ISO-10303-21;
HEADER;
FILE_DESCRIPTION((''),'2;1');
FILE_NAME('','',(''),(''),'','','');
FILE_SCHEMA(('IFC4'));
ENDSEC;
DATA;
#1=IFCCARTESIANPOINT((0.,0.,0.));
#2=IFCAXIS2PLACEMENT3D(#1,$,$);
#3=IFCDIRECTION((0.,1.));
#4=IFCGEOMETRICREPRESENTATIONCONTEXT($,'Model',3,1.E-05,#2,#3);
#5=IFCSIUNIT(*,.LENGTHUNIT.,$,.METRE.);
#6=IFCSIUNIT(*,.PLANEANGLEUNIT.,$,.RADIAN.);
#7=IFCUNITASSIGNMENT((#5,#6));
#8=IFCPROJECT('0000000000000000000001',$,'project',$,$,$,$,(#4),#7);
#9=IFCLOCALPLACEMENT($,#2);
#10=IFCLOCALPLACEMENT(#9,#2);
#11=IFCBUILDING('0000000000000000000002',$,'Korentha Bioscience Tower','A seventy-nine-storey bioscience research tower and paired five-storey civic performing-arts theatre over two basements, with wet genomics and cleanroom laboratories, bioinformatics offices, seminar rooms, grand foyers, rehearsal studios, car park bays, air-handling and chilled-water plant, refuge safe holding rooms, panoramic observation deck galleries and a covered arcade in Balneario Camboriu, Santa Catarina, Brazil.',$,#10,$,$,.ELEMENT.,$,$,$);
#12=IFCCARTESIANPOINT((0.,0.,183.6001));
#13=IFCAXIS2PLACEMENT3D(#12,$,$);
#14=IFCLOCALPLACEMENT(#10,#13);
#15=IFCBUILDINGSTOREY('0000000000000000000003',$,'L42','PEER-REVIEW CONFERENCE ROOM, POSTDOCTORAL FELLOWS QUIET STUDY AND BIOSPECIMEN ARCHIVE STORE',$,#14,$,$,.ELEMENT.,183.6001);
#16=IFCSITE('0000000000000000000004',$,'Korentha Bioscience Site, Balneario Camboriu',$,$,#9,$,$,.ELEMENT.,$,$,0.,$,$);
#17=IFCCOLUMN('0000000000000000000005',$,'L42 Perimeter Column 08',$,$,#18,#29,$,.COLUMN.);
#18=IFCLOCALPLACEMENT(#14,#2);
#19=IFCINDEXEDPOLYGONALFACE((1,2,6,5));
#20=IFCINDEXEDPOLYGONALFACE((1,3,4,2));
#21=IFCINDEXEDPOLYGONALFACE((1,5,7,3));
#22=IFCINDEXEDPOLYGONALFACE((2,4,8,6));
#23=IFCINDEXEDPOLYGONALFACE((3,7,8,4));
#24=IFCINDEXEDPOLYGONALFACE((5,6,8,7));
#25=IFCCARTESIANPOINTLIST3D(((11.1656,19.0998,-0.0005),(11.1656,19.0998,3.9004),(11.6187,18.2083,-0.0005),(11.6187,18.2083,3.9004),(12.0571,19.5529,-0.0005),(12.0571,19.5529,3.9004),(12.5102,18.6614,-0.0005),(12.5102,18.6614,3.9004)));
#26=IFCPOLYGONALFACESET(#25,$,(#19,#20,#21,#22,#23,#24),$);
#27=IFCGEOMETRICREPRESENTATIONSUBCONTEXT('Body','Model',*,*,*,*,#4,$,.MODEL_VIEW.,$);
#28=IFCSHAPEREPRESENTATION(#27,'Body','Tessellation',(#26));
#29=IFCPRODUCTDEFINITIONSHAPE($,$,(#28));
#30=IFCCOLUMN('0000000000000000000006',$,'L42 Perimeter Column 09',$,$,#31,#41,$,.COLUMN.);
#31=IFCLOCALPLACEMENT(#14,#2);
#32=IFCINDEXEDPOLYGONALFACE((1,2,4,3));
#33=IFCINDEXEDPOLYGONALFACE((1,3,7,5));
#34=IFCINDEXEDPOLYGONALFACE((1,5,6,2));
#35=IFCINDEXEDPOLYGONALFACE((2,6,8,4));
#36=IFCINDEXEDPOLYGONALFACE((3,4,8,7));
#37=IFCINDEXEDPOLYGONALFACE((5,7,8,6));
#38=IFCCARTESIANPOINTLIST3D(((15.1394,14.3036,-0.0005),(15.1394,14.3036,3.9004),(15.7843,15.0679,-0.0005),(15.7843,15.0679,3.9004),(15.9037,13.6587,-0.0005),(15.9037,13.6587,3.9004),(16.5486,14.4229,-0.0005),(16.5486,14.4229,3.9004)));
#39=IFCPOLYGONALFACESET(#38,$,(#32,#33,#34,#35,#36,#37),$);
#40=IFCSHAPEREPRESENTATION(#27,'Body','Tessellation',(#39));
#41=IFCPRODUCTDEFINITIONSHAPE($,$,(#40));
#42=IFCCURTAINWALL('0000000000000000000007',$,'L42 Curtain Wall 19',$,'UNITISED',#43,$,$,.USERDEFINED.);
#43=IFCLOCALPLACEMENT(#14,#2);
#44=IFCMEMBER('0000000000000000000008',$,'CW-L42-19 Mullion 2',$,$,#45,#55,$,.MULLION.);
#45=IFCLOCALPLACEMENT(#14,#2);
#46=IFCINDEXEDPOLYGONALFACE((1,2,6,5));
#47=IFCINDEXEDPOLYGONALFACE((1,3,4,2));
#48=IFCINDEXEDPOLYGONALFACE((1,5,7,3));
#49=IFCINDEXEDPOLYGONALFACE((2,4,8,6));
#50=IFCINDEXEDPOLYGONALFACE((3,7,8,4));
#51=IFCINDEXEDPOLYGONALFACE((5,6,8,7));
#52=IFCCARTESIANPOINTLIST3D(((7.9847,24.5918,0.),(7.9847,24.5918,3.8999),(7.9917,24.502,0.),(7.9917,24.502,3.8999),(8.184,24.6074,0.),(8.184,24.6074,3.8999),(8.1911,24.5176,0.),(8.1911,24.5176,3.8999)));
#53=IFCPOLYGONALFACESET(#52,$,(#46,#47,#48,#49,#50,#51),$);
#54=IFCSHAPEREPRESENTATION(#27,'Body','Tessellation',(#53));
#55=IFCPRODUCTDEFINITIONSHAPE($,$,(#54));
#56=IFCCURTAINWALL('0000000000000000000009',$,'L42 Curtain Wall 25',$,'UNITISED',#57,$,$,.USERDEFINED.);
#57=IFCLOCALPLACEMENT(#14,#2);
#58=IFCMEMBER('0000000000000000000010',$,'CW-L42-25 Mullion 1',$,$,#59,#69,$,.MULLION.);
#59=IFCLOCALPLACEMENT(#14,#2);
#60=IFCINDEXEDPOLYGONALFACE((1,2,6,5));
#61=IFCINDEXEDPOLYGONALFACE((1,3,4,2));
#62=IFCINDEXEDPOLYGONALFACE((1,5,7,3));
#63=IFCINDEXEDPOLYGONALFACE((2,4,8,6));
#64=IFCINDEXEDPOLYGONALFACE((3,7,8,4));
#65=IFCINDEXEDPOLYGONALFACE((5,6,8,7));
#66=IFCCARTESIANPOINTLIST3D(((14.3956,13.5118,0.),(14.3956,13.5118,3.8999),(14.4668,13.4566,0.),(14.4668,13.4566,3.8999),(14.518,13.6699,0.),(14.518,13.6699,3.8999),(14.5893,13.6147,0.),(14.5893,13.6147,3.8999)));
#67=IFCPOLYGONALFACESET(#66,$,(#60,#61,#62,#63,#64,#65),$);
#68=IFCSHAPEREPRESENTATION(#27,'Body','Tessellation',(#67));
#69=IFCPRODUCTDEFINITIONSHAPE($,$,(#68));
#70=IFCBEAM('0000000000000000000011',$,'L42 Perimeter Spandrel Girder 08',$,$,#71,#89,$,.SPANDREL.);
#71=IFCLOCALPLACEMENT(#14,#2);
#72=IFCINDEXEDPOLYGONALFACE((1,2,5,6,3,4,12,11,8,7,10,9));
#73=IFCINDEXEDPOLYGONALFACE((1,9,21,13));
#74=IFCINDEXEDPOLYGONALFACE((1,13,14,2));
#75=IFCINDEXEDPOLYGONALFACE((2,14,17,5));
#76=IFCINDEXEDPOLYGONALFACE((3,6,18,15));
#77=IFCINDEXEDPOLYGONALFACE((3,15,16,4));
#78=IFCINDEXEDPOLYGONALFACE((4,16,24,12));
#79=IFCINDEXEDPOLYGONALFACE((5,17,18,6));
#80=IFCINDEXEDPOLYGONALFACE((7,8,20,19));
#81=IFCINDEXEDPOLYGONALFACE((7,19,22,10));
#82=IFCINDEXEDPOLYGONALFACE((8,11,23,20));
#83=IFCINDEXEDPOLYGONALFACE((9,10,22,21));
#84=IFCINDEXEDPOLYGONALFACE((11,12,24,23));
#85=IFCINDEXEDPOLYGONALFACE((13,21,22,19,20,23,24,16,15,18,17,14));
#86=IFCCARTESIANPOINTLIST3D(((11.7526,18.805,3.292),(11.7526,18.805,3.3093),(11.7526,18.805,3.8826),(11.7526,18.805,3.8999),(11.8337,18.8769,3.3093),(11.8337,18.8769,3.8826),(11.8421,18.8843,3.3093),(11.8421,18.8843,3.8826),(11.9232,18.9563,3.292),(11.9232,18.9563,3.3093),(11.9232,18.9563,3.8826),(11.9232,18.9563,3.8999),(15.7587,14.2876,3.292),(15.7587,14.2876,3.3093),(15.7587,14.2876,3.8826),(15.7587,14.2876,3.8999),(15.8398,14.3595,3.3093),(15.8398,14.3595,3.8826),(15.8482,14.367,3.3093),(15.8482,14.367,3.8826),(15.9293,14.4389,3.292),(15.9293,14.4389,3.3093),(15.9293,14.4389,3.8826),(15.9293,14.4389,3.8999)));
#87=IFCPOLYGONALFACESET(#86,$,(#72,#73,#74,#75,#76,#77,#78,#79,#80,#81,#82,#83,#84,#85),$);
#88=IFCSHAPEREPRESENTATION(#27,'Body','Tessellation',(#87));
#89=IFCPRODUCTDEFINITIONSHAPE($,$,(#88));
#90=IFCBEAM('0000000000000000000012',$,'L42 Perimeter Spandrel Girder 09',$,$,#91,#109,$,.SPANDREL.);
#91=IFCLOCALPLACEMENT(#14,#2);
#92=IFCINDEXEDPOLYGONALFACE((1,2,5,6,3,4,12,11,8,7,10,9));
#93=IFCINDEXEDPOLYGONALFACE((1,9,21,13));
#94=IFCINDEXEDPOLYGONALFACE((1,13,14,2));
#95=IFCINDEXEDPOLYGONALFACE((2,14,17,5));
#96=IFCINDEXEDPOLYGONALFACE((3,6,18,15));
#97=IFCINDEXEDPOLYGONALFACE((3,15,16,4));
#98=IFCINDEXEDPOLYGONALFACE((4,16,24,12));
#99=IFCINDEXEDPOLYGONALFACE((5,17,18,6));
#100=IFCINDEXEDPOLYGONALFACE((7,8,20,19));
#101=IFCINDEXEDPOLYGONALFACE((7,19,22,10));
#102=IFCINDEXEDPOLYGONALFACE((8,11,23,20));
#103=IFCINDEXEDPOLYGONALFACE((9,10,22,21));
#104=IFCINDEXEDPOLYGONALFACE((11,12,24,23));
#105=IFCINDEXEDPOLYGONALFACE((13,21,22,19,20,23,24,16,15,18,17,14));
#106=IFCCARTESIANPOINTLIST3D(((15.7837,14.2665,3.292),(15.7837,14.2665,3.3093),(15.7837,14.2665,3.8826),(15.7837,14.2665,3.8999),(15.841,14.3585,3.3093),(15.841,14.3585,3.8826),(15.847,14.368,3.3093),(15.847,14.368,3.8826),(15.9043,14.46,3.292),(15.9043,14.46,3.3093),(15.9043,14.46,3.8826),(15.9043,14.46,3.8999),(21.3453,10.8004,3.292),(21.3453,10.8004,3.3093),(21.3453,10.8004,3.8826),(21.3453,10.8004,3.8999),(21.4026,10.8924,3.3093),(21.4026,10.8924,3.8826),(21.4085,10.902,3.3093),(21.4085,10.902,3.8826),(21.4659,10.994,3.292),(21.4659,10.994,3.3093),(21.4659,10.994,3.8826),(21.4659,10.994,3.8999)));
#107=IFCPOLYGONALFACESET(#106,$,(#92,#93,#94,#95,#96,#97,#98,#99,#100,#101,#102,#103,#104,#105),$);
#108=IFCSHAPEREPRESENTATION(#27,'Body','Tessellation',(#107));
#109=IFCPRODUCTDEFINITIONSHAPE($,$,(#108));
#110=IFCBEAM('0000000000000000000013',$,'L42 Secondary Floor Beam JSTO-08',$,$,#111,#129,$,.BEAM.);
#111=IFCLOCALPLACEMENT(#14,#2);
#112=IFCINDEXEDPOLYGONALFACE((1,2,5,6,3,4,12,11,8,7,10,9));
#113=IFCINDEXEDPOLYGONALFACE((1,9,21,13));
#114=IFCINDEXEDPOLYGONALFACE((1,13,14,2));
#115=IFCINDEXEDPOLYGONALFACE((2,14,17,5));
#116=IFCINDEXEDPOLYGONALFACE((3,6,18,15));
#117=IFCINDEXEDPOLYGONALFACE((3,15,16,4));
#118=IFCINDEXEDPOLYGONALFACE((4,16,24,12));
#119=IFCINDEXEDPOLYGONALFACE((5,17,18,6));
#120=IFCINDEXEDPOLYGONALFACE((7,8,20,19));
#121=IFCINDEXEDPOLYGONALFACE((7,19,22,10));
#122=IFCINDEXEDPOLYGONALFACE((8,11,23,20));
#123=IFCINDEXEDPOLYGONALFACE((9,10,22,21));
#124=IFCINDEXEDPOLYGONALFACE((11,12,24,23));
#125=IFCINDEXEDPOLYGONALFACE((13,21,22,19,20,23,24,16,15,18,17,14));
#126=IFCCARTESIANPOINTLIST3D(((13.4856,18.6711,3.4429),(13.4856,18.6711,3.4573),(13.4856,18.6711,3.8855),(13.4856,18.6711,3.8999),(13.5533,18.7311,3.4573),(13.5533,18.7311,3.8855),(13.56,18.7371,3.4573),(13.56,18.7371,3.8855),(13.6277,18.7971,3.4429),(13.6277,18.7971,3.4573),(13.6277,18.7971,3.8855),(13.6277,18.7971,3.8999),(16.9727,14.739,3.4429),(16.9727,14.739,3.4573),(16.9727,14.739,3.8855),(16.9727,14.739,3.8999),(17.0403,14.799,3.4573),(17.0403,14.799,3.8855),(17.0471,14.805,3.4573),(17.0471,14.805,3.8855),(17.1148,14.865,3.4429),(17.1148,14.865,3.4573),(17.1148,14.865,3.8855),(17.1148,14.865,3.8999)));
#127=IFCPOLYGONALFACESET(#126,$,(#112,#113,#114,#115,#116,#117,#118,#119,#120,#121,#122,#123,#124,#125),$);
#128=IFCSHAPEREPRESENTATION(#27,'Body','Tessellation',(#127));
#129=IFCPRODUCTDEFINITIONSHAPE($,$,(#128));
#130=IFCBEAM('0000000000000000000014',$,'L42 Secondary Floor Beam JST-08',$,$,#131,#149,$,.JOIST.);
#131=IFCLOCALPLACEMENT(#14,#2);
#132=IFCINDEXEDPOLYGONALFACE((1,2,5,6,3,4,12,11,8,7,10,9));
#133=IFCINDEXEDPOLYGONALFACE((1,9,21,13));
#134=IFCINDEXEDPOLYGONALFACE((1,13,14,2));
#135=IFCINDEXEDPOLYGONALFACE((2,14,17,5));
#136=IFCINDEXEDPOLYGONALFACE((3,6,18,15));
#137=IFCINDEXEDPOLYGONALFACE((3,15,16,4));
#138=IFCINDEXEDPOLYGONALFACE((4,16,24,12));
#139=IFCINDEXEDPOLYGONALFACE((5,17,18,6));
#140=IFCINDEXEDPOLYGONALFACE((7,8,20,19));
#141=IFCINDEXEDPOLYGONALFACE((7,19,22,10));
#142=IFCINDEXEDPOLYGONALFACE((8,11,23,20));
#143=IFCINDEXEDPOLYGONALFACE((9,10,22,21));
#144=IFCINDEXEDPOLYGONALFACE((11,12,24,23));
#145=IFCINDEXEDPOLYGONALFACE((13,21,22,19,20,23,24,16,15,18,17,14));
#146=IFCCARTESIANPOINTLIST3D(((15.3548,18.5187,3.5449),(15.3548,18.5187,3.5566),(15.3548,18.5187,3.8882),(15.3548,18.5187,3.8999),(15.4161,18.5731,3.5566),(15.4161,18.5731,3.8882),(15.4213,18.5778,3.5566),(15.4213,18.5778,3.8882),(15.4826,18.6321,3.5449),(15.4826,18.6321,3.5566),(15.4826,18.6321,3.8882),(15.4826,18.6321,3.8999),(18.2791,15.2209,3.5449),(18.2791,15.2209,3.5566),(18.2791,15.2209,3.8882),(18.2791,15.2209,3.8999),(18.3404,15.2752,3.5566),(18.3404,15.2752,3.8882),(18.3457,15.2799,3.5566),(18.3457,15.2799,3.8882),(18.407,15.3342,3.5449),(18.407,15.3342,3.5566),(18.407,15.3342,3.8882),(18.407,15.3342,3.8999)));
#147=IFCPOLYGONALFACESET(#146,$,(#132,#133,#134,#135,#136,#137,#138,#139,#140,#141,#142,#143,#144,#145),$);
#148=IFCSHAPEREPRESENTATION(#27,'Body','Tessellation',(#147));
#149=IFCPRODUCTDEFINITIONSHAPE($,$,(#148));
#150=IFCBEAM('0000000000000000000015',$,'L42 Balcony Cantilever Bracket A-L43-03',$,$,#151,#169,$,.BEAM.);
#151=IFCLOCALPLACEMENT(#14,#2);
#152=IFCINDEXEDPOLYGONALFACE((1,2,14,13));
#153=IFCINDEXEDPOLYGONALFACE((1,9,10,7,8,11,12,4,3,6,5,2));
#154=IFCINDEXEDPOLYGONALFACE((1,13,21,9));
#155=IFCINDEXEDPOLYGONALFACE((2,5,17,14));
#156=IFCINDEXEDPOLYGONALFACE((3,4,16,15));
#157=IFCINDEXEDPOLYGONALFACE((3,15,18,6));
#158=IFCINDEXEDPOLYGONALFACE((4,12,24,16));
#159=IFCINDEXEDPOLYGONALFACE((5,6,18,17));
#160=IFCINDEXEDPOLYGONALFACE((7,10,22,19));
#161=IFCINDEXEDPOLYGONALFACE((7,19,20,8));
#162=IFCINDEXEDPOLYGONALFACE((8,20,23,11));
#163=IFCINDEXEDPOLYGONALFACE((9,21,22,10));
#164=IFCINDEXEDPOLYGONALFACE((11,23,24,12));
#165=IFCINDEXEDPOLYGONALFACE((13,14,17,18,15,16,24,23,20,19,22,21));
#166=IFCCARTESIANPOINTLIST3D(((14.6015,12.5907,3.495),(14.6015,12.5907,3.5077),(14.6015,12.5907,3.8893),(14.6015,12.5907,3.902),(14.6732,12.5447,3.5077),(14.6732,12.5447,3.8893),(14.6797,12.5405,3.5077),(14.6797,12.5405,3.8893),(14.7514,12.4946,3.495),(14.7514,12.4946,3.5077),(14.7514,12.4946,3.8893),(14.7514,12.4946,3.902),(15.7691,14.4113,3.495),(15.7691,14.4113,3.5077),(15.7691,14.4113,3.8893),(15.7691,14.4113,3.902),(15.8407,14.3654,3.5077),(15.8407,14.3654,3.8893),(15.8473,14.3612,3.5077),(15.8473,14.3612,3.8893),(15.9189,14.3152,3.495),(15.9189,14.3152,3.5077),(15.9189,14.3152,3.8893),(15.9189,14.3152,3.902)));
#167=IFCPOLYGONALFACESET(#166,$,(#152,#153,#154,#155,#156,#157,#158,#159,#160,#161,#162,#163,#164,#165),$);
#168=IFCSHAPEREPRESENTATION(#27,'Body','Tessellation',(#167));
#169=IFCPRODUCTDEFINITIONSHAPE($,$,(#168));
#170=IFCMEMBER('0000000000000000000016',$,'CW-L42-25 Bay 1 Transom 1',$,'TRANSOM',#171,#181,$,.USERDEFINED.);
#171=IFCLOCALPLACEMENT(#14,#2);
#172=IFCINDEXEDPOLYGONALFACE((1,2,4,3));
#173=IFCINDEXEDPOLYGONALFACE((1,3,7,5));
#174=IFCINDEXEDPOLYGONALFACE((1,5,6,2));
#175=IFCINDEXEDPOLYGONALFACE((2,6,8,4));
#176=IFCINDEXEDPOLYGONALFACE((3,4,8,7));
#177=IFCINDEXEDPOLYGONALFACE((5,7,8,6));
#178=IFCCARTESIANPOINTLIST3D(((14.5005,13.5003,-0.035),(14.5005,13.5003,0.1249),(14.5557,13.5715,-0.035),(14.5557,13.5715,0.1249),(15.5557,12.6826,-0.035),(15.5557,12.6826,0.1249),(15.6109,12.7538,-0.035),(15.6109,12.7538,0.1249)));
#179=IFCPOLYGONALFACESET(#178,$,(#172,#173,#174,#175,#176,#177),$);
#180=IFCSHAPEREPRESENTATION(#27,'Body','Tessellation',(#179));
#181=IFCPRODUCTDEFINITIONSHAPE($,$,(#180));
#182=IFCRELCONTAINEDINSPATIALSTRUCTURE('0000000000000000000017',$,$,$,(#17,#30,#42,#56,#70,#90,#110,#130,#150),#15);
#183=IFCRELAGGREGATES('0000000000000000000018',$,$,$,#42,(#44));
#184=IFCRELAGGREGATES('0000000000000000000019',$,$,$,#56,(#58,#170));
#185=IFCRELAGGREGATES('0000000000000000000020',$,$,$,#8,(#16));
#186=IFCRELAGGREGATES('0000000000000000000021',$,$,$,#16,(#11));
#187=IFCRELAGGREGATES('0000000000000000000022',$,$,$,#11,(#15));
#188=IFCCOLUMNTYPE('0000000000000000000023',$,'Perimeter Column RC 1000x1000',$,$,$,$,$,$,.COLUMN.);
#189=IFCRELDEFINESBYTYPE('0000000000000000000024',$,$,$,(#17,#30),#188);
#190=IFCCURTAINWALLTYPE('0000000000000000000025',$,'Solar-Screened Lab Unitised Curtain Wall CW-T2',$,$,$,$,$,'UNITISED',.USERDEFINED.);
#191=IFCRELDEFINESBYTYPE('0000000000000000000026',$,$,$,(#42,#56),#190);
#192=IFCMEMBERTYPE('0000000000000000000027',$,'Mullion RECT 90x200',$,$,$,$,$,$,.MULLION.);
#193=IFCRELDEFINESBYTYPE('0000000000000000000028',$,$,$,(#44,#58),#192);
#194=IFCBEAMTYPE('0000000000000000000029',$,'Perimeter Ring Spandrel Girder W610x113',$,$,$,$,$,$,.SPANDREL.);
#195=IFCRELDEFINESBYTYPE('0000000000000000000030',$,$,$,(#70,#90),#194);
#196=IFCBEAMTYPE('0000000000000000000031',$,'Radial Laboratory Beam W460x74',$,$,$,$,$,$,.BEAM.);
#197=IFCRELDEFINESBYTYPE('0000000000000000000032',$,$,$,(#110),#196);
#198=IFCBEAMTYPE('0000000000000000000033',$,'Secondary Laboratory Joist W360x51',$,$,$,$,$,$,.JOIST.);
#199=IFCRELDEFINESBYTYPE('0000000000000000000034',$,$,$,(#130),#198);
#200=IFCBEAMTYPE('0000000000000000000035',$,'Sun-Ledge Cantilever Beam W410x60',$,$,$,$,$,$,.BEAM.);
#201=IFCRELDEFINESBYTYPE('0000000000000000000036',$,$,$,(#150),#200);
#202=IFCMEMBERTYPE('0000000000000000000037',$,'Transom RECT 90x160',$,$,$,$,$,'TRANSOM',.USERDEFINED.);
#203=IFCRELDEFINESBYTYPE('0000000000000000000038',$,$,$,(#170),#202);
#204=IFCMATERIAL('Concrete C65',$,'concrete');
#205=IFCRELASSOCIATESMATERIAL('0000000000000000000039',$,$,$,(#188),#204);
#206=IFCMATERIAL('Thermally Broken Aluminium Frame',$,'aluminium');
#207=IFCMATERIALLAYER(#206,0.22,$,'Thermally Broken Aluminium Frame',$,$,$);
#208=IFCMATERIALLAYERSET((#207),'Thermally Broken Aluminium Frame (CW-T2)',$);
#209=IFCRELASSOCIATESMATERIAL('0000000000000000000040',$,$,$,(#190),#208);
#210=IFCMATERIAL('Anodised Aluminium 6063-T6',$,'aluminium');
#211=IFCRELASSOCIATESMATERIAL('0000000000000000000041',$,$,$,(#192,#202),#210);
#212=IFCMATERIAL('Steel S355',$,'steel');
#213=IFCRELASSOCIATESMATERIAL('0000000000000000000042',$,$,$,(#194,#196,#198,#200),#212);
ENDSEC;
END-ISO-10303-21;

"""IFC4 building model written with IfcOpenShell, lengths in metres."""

from ifc_helpers import new_model, si_unit, direction, frame, origin, origin_2d, place, context, subcontext, project, spatial, rectangle, i_section, extrude, material, layer, layer_set, material_profile, profile_set, type_object, element, aggregate, save


model = new_model("IFC4")

# Units and contexts
model_context = context("Model", 3, precision=1e-05, world=origin(), true_north=direction((0.0, 1.0)))
body_context = subcontext(model_context, "Body", "Model", "MODEL_VIEW")
ifc_project = project(units=[si_unit("LENGTHUNIT", "METRE"), si_unit("PLANEANGLEUNIT", "RADIAN")], contexts=[model_context])

# Site, building, storey
site_placement = place(None, origin())
site = spatial("IfcSite", under=ifc_project, at=site_placement, Name="Korentha Bioscience Site, Balneario Camboriu", CompositionType="ELEMENT", RefElevation=0.0)
building_placement = place(site_placement, origin())
building = spatial("IfcBuilding", under=site, at=building_placement, Name="Korentha Bioscience Tower", Description="A seventy-nine-storey bioscience research tower and paired five-storey civic performing-arts theatre over two basements, with wet genomics and cleanroom laboratories, bioinformatics offices, seminar rooms, grand foyers, rehearsal studios, car park bays, air-handling and chilled-water plant, refuge safe holding rooms, panoramic observation deck galleries and a covered arcade in Balneario Camboriu, Santa Catarina, Brazil.", CompositionType="ELEMENT")
storey_placement = place(building_placement, frame((0.0, 0.0, 183.6001)))
storey = spatial("IfcBuildingStorey", under=building, at=storey_placement, Name="L42", Description="PEER-REVIEW CONFERENCE ROOM, POSTDOCTORAL FELLOWS QUIET STUDY AND BIOSPECIMEN ARCHIVE STORE", CompositionType="ELEMENT", Elevation=183.6001)

# Columns
ifc_material_1 = material(Name="Concrete C65", Category="concrete")
ifc_material_profile_1 = material_profile(ifc_material_1, rectangle(XDim=1.0, YDim=1.0, at=origin_2d()), Name="Concrete C65")
ifc_profile_set_1 = profile_set([ifc_material_profile_1], Name="Concrete C65 (COL-P10)")
column_type = type_object("IfcColumnType", Name="Perimeter Column RC 1000x1000", PredefinedType="COLUMN", material=ifc_profile_set_1)
for number, where, z_axis, x_axis, name in (
    (1, (11.8379, 18.8806, -0.0005), (0.0, 0.0, 1.0), (-0.453057, 0.891481, 0.0), "L42 Perimeter Column 08"),
    (2, (15.844, 14.3633, -0.0005), (0.0, 0.0, 1.0), (-0.764246, 0.644924, 0.0), "L42 Perimeter Column 09"),
):
    element("IfcColumn", number, at=place(storey_placement, frame(where, z_axis=z_axis, x_axis=x_axis)), inside=storey, type_object=column_type, Name=name, PredefinedType="COLUMN", context=body_context, shape_type="SweptSolid", body=[
        extrude(rectangle(XDim=1.0, YDim=1.0, at=origin_2d()), origin(), (0.0, 0.0, 1.0), 3.9009),
    ])

# Curtain walls, members
ifc_material_2 = material(Name="Thermally Broken Aluminium Frame", Category="aluminium")
ifc_layer_1 = layer(ifc_material_2, 0.22, Name="Thermally Broken Aluminium Frame")
ifc_layer_set_1 = layer_set([ifc_layer_1], Name="Thermally Broken Aluminium Frame (CW-T2)")
curtain_wall_type = type_object("IfcCurtainWallType", Name="Solar-Screened Lab Unitised Curtain Wall CW-T2", ElementType="UNITISED", PredefinedType="USERDEFINED", material=ifc_layer_set_1)
curtain_wall_1_placement = place(storey_placement, origin())
curtain_wall_1 = element("IfcCurtainWall", 3, at=curtain_wall_1_placement, inside=storey, type_object=curtain_wall_type, Name="L42 Curtain Wall 19", ObjectType="UNITISED", PredefinedType="USERDEFINED")
ifc_material_3 = material(Name="Anodised Aluminium 6063-T6", Category="aluminium")
ifc_material_profile_2 = material_profile(ifc_material_3, rectangle(XDim=0.0901, YDim=0.2, at=origin_2d()), Name="Anodised Aluminium 6063-T6")
ifc_profile_set_2 = profile_set([ifc_material_profile_2], Name="Anodised Aluminium 6063-T6 (CW-MUL)")
member_type_1 = type_object("IfcMemberType", Name="Mullion RECT 90x200", PredefinedType="MULLION", material=ifc_profile_set_2)
member_1_placement = place(storey_placement, frame((8.0879, 24.5547, 0.0), z_axis=(0.0, 0.0, 1.0), x_axis=(0.078031, -0.996951, 0.0)))
member_1 = element("IfcMember", 4, at=member_1_placement, type_object=member_type_1, Name="CW-L42-19 Mullion 2", PredefinedType="MULLION", context=body_context, shape_type="SweptSolid", body=[
    extrude(rectangle(XDim=0.0901, YDim=0.2, at=origin_2d()), origin(), (0.0, 0.0, 1.0), 3.8999),
])
aggregate(curtain_wall_1, [member_1])
curtain_wall_2_placement = place(storey_placement, origin())
curtain_wall_2 = element("IfcCurtainWall", 5, at=curtain_wall_2_placement, inside=storey, type_object=curtain_wall_type, Name="L42 Curtain Wall 25", ObjectType="UNITISED", PredefinedType="USERDEFINED")
member_2_placement = place(storey_placement, frame((14.4924, 13.5632, 0.0), z_axis=(0.0, 0.0, 1.0), x_axis=(0.790547, -0.612402, 0.0)))
member_2 = element("IfcMember", 6, at=member_2_placement, type_object=member_type_1, Name="CW-L42-25 Mullion 1", PredefinedType="MULLION", context=body_context, shape_type="SweptSolid", body=[
    extrude(rectangle(XDim=0.0901, YDim=0.2, at=origin_2d()), origin(), (0.0, 0.0, 1.0), 3.8999),
])

# Beams
ifc_material_4 = material(Name="Steel S355", Category="steel")
ifc_material_profile_3 = material_profile(ifc_material_4, i_section(OverallWidth=0.228, OverallDepth=0.6079, WebThickness=0.0112, FlangeThickness=0.0173, at=origin_2d()), Name="Steel S355")
ifc_profile_set_3 = profile_set([ifc_material_profile_3], Name="Steel S355 (SB-610)")
beam_type_1 = type_object("IfcBeamType", Name="Perimeter Ring Spandrel Girder W610x113", PredefinedType="SPANDREL", material=ifc_profile_set_3)
beam_1_placement = place(storey_placement, frame((11.8379, 18.8806, 3.5959), z_axis=(0.663503, -0.748174, 0.0), x_axis=(0.748174, 0.663503, 0.0)))
element("IfcBeam", 7, at=beam_1_placement, inside=storey, type_object=beam_type_1, Name="L42 Perimeter Spandrel Girder 08", PredefinedType="SPANDREL", context=body_context, shape_type="SweptSolid", body=[
    extrude(i_section(OverallWidth=0.228, OverallDepth=0.6079, WebThickness=0.0112, FlangeThickness=0.0173, at=origin_2d()), origin(), (0.0, 0.0, 1.0), 6.0378),
])
beam_2_placement = place(storey_placement, frame((15.844, 14.3633, 3.5959), z_axis=(0.848676, -0.528913, 0.0), x_axis=(0.528913, 0.848676, 0.0)))
element("IfcBeam", 8, at=beam_2_placement, inside=storey, type_object=beam_type_1, Name="L42 Perimeter Spandrel Girder 09", PredefinedType="SPANDREL", context=body_context, shape_type="SweptSolid", body=[
    extrude(i_section(OverallWidth=0.228, OverallDepth=0.6079, WebThickness=0.0112, FlangeThickness=0.0173, at=origin_2d()), origin(), (0.0, 0.0, 1.0), 6.5532),
])
ifc_material_profile_4 = material_profile(ifc_material_4, i_section(OverallWidth=0.1899, OverallDepth=0.457, WebThickness=0.009, FlangeThickness=0.0144, at=origin_2d()), Name="Steel S355")
ifc_profile_set_4 = profile_set([ifc_material_profile_4], Name="Steel S355 (RB-460)")
beam_type_2 = type_object("IfcBeamType", Name="Radial Laboratory Beam W460x74", PredefinedType="BEAM", material=ifc_profile_set_4)
beam_3_placement = place(storey_placement, frame((13.5566, 18.7341, 3.6714), z_axis=(0.663496, -0.74818, 0.0), x_axis=(0.74818, 0.663496, 0.0)))
element("IfcBeam", 9, at=beam_3_placement, inside=storey, type_object=beam_type_2, Name="L42 Secondary Floor Beam JSTO-08", PredefinedType="BEAM", context=body_context, shape_type="SweptSolid", body=[
    extrude(i_section(OverallWidth=0.1899, OverallDepth=0.457, WebThickness=0.009, FlangeThickness=0.0144, at=origin_2d()), origin(), (0.0, 0.0, 1.0), 5.2556),
])
ifc_material_profile_5 = material_profile(ifc_material_4, i_section(OverallWidth=0.1709, OverallDepth=0.355, WebThickness=0.0071, FlangeThickness=0.0117, at=origin_2d()), Name="Steel S355")
ifc_profile_set_5 = profile_set([ifc_material_profile_5], Name="Steel S355 (JB-360)")
beam_type_3 = type_object("IfcBeamType", Name="Secondary Laboratory Joist W360x51", PredefinedType="JOIST", material=ifc_profile_set_5)
beam_4_placement = place(storey_placement, frame((15.4187, 18.5754, 3.7224), z_axis=(0.663463, -0.748209, 0.0), x_axis=(0.748209, 0.663463, 0.0)))
element("IfcBeam", 10, at=beam_4_placement, inside=storey, type_object=beam_type_3, Name="L42 Secondary Floor Beam JST-08", PredefinedType="JOIST", context=body_context, shape_type="SweptSolid", body=[
    extrude(i_section(OverallWidth=0.1709, OverallDepth=0.355, WebThickness=0.0071, FlangeThickness=0.0117, at=origin_2d()), origin(), (0.0, 0.0, 1.0), 4.4077),
])
ifc_material_profile_6 = material_profile(ifc_material_4, i_section(OverallWidth=0.178, OverallDepth=0.407, WebThickness=0.0078, FlangeThickness=0.0127, at=origin_2d()), Name="Steel S355")
ifc_profile_set_6 = profile_set([ifc_material_profile_6], Name="Steel S355 (CB-410)")
beam_type_4 = type_object("IfcBeamType", Name="Sun-Ledge Cantilever Beam W410x60", PredefinedType="BEAM", material=ifc_profile_set_6)
beam_5_placement = place(storey_placement, frame((15.844, 14.3633, 3.6985), z_axis=(-0.539816, -0.841783, 0.0), x_axis=(0.841783, -0.539816, 0.0)))
element("IfcBeam", 11, at=beam_5_placement, inside=storey, type_object=beam_type_4, Name="L42 Balcony Cantilever Bracket A-L43-03", PredefinedType="BEAM", context=body_context, shape_type="SweptSolid", body=[
    extrude(i_section(OverallWidth=0.178, OverallDepth=0.407, WebThickness=0.0078, FlangeThickness=0.0127, at=origin_2d()), origin(), (0.0, 0.0, 1.0), 2.1628),
])

# Member
ifc_material_profile_7 = material_profile(ifc_material_3, rectangle(XDim=0.0901, YDim=0.1599, at=origin_2d()), Name="Anodised Aluminium 6063-T6")
ifc_profile_set_7 = profile_set([ifc_material_profile_7], Name="Anodised Aluminium 6063-T6 (CW-TRN)")
member_type_2 = type_object("IfcMemberType", Name="Transom RECT 90x160", ElementType="TRANSOM", PredefinedType="USERDEFINED", material=ifc_profile_set_7)
member_3_placement = place(storey_placement, frame((14.5281, 13.5359, 0.0449), z_axis=(0.790464, -0.612509, 0.0), x_axis=(0.612509, 0.790464, 0.0)))
member_3 = element("IfcMember", 12, at=member_3_placement, type_object=member_type_2, Name="CW-L42-25 Bay 1 Transom 1", ObjectType="TRANSOM", PredefinedType="USERDEFINED", context=body_context, shape_type="SweptSolid", body=[
    extrude(rectangle(XDim=0.0901, YDim=0.1599, at=origin_2d()), origin(), (0.0, 0.0, 1.0), 1.335),
])

aggregate(curtain_wall_2, [member_2, member_3])

save(model, "model.ifc")
